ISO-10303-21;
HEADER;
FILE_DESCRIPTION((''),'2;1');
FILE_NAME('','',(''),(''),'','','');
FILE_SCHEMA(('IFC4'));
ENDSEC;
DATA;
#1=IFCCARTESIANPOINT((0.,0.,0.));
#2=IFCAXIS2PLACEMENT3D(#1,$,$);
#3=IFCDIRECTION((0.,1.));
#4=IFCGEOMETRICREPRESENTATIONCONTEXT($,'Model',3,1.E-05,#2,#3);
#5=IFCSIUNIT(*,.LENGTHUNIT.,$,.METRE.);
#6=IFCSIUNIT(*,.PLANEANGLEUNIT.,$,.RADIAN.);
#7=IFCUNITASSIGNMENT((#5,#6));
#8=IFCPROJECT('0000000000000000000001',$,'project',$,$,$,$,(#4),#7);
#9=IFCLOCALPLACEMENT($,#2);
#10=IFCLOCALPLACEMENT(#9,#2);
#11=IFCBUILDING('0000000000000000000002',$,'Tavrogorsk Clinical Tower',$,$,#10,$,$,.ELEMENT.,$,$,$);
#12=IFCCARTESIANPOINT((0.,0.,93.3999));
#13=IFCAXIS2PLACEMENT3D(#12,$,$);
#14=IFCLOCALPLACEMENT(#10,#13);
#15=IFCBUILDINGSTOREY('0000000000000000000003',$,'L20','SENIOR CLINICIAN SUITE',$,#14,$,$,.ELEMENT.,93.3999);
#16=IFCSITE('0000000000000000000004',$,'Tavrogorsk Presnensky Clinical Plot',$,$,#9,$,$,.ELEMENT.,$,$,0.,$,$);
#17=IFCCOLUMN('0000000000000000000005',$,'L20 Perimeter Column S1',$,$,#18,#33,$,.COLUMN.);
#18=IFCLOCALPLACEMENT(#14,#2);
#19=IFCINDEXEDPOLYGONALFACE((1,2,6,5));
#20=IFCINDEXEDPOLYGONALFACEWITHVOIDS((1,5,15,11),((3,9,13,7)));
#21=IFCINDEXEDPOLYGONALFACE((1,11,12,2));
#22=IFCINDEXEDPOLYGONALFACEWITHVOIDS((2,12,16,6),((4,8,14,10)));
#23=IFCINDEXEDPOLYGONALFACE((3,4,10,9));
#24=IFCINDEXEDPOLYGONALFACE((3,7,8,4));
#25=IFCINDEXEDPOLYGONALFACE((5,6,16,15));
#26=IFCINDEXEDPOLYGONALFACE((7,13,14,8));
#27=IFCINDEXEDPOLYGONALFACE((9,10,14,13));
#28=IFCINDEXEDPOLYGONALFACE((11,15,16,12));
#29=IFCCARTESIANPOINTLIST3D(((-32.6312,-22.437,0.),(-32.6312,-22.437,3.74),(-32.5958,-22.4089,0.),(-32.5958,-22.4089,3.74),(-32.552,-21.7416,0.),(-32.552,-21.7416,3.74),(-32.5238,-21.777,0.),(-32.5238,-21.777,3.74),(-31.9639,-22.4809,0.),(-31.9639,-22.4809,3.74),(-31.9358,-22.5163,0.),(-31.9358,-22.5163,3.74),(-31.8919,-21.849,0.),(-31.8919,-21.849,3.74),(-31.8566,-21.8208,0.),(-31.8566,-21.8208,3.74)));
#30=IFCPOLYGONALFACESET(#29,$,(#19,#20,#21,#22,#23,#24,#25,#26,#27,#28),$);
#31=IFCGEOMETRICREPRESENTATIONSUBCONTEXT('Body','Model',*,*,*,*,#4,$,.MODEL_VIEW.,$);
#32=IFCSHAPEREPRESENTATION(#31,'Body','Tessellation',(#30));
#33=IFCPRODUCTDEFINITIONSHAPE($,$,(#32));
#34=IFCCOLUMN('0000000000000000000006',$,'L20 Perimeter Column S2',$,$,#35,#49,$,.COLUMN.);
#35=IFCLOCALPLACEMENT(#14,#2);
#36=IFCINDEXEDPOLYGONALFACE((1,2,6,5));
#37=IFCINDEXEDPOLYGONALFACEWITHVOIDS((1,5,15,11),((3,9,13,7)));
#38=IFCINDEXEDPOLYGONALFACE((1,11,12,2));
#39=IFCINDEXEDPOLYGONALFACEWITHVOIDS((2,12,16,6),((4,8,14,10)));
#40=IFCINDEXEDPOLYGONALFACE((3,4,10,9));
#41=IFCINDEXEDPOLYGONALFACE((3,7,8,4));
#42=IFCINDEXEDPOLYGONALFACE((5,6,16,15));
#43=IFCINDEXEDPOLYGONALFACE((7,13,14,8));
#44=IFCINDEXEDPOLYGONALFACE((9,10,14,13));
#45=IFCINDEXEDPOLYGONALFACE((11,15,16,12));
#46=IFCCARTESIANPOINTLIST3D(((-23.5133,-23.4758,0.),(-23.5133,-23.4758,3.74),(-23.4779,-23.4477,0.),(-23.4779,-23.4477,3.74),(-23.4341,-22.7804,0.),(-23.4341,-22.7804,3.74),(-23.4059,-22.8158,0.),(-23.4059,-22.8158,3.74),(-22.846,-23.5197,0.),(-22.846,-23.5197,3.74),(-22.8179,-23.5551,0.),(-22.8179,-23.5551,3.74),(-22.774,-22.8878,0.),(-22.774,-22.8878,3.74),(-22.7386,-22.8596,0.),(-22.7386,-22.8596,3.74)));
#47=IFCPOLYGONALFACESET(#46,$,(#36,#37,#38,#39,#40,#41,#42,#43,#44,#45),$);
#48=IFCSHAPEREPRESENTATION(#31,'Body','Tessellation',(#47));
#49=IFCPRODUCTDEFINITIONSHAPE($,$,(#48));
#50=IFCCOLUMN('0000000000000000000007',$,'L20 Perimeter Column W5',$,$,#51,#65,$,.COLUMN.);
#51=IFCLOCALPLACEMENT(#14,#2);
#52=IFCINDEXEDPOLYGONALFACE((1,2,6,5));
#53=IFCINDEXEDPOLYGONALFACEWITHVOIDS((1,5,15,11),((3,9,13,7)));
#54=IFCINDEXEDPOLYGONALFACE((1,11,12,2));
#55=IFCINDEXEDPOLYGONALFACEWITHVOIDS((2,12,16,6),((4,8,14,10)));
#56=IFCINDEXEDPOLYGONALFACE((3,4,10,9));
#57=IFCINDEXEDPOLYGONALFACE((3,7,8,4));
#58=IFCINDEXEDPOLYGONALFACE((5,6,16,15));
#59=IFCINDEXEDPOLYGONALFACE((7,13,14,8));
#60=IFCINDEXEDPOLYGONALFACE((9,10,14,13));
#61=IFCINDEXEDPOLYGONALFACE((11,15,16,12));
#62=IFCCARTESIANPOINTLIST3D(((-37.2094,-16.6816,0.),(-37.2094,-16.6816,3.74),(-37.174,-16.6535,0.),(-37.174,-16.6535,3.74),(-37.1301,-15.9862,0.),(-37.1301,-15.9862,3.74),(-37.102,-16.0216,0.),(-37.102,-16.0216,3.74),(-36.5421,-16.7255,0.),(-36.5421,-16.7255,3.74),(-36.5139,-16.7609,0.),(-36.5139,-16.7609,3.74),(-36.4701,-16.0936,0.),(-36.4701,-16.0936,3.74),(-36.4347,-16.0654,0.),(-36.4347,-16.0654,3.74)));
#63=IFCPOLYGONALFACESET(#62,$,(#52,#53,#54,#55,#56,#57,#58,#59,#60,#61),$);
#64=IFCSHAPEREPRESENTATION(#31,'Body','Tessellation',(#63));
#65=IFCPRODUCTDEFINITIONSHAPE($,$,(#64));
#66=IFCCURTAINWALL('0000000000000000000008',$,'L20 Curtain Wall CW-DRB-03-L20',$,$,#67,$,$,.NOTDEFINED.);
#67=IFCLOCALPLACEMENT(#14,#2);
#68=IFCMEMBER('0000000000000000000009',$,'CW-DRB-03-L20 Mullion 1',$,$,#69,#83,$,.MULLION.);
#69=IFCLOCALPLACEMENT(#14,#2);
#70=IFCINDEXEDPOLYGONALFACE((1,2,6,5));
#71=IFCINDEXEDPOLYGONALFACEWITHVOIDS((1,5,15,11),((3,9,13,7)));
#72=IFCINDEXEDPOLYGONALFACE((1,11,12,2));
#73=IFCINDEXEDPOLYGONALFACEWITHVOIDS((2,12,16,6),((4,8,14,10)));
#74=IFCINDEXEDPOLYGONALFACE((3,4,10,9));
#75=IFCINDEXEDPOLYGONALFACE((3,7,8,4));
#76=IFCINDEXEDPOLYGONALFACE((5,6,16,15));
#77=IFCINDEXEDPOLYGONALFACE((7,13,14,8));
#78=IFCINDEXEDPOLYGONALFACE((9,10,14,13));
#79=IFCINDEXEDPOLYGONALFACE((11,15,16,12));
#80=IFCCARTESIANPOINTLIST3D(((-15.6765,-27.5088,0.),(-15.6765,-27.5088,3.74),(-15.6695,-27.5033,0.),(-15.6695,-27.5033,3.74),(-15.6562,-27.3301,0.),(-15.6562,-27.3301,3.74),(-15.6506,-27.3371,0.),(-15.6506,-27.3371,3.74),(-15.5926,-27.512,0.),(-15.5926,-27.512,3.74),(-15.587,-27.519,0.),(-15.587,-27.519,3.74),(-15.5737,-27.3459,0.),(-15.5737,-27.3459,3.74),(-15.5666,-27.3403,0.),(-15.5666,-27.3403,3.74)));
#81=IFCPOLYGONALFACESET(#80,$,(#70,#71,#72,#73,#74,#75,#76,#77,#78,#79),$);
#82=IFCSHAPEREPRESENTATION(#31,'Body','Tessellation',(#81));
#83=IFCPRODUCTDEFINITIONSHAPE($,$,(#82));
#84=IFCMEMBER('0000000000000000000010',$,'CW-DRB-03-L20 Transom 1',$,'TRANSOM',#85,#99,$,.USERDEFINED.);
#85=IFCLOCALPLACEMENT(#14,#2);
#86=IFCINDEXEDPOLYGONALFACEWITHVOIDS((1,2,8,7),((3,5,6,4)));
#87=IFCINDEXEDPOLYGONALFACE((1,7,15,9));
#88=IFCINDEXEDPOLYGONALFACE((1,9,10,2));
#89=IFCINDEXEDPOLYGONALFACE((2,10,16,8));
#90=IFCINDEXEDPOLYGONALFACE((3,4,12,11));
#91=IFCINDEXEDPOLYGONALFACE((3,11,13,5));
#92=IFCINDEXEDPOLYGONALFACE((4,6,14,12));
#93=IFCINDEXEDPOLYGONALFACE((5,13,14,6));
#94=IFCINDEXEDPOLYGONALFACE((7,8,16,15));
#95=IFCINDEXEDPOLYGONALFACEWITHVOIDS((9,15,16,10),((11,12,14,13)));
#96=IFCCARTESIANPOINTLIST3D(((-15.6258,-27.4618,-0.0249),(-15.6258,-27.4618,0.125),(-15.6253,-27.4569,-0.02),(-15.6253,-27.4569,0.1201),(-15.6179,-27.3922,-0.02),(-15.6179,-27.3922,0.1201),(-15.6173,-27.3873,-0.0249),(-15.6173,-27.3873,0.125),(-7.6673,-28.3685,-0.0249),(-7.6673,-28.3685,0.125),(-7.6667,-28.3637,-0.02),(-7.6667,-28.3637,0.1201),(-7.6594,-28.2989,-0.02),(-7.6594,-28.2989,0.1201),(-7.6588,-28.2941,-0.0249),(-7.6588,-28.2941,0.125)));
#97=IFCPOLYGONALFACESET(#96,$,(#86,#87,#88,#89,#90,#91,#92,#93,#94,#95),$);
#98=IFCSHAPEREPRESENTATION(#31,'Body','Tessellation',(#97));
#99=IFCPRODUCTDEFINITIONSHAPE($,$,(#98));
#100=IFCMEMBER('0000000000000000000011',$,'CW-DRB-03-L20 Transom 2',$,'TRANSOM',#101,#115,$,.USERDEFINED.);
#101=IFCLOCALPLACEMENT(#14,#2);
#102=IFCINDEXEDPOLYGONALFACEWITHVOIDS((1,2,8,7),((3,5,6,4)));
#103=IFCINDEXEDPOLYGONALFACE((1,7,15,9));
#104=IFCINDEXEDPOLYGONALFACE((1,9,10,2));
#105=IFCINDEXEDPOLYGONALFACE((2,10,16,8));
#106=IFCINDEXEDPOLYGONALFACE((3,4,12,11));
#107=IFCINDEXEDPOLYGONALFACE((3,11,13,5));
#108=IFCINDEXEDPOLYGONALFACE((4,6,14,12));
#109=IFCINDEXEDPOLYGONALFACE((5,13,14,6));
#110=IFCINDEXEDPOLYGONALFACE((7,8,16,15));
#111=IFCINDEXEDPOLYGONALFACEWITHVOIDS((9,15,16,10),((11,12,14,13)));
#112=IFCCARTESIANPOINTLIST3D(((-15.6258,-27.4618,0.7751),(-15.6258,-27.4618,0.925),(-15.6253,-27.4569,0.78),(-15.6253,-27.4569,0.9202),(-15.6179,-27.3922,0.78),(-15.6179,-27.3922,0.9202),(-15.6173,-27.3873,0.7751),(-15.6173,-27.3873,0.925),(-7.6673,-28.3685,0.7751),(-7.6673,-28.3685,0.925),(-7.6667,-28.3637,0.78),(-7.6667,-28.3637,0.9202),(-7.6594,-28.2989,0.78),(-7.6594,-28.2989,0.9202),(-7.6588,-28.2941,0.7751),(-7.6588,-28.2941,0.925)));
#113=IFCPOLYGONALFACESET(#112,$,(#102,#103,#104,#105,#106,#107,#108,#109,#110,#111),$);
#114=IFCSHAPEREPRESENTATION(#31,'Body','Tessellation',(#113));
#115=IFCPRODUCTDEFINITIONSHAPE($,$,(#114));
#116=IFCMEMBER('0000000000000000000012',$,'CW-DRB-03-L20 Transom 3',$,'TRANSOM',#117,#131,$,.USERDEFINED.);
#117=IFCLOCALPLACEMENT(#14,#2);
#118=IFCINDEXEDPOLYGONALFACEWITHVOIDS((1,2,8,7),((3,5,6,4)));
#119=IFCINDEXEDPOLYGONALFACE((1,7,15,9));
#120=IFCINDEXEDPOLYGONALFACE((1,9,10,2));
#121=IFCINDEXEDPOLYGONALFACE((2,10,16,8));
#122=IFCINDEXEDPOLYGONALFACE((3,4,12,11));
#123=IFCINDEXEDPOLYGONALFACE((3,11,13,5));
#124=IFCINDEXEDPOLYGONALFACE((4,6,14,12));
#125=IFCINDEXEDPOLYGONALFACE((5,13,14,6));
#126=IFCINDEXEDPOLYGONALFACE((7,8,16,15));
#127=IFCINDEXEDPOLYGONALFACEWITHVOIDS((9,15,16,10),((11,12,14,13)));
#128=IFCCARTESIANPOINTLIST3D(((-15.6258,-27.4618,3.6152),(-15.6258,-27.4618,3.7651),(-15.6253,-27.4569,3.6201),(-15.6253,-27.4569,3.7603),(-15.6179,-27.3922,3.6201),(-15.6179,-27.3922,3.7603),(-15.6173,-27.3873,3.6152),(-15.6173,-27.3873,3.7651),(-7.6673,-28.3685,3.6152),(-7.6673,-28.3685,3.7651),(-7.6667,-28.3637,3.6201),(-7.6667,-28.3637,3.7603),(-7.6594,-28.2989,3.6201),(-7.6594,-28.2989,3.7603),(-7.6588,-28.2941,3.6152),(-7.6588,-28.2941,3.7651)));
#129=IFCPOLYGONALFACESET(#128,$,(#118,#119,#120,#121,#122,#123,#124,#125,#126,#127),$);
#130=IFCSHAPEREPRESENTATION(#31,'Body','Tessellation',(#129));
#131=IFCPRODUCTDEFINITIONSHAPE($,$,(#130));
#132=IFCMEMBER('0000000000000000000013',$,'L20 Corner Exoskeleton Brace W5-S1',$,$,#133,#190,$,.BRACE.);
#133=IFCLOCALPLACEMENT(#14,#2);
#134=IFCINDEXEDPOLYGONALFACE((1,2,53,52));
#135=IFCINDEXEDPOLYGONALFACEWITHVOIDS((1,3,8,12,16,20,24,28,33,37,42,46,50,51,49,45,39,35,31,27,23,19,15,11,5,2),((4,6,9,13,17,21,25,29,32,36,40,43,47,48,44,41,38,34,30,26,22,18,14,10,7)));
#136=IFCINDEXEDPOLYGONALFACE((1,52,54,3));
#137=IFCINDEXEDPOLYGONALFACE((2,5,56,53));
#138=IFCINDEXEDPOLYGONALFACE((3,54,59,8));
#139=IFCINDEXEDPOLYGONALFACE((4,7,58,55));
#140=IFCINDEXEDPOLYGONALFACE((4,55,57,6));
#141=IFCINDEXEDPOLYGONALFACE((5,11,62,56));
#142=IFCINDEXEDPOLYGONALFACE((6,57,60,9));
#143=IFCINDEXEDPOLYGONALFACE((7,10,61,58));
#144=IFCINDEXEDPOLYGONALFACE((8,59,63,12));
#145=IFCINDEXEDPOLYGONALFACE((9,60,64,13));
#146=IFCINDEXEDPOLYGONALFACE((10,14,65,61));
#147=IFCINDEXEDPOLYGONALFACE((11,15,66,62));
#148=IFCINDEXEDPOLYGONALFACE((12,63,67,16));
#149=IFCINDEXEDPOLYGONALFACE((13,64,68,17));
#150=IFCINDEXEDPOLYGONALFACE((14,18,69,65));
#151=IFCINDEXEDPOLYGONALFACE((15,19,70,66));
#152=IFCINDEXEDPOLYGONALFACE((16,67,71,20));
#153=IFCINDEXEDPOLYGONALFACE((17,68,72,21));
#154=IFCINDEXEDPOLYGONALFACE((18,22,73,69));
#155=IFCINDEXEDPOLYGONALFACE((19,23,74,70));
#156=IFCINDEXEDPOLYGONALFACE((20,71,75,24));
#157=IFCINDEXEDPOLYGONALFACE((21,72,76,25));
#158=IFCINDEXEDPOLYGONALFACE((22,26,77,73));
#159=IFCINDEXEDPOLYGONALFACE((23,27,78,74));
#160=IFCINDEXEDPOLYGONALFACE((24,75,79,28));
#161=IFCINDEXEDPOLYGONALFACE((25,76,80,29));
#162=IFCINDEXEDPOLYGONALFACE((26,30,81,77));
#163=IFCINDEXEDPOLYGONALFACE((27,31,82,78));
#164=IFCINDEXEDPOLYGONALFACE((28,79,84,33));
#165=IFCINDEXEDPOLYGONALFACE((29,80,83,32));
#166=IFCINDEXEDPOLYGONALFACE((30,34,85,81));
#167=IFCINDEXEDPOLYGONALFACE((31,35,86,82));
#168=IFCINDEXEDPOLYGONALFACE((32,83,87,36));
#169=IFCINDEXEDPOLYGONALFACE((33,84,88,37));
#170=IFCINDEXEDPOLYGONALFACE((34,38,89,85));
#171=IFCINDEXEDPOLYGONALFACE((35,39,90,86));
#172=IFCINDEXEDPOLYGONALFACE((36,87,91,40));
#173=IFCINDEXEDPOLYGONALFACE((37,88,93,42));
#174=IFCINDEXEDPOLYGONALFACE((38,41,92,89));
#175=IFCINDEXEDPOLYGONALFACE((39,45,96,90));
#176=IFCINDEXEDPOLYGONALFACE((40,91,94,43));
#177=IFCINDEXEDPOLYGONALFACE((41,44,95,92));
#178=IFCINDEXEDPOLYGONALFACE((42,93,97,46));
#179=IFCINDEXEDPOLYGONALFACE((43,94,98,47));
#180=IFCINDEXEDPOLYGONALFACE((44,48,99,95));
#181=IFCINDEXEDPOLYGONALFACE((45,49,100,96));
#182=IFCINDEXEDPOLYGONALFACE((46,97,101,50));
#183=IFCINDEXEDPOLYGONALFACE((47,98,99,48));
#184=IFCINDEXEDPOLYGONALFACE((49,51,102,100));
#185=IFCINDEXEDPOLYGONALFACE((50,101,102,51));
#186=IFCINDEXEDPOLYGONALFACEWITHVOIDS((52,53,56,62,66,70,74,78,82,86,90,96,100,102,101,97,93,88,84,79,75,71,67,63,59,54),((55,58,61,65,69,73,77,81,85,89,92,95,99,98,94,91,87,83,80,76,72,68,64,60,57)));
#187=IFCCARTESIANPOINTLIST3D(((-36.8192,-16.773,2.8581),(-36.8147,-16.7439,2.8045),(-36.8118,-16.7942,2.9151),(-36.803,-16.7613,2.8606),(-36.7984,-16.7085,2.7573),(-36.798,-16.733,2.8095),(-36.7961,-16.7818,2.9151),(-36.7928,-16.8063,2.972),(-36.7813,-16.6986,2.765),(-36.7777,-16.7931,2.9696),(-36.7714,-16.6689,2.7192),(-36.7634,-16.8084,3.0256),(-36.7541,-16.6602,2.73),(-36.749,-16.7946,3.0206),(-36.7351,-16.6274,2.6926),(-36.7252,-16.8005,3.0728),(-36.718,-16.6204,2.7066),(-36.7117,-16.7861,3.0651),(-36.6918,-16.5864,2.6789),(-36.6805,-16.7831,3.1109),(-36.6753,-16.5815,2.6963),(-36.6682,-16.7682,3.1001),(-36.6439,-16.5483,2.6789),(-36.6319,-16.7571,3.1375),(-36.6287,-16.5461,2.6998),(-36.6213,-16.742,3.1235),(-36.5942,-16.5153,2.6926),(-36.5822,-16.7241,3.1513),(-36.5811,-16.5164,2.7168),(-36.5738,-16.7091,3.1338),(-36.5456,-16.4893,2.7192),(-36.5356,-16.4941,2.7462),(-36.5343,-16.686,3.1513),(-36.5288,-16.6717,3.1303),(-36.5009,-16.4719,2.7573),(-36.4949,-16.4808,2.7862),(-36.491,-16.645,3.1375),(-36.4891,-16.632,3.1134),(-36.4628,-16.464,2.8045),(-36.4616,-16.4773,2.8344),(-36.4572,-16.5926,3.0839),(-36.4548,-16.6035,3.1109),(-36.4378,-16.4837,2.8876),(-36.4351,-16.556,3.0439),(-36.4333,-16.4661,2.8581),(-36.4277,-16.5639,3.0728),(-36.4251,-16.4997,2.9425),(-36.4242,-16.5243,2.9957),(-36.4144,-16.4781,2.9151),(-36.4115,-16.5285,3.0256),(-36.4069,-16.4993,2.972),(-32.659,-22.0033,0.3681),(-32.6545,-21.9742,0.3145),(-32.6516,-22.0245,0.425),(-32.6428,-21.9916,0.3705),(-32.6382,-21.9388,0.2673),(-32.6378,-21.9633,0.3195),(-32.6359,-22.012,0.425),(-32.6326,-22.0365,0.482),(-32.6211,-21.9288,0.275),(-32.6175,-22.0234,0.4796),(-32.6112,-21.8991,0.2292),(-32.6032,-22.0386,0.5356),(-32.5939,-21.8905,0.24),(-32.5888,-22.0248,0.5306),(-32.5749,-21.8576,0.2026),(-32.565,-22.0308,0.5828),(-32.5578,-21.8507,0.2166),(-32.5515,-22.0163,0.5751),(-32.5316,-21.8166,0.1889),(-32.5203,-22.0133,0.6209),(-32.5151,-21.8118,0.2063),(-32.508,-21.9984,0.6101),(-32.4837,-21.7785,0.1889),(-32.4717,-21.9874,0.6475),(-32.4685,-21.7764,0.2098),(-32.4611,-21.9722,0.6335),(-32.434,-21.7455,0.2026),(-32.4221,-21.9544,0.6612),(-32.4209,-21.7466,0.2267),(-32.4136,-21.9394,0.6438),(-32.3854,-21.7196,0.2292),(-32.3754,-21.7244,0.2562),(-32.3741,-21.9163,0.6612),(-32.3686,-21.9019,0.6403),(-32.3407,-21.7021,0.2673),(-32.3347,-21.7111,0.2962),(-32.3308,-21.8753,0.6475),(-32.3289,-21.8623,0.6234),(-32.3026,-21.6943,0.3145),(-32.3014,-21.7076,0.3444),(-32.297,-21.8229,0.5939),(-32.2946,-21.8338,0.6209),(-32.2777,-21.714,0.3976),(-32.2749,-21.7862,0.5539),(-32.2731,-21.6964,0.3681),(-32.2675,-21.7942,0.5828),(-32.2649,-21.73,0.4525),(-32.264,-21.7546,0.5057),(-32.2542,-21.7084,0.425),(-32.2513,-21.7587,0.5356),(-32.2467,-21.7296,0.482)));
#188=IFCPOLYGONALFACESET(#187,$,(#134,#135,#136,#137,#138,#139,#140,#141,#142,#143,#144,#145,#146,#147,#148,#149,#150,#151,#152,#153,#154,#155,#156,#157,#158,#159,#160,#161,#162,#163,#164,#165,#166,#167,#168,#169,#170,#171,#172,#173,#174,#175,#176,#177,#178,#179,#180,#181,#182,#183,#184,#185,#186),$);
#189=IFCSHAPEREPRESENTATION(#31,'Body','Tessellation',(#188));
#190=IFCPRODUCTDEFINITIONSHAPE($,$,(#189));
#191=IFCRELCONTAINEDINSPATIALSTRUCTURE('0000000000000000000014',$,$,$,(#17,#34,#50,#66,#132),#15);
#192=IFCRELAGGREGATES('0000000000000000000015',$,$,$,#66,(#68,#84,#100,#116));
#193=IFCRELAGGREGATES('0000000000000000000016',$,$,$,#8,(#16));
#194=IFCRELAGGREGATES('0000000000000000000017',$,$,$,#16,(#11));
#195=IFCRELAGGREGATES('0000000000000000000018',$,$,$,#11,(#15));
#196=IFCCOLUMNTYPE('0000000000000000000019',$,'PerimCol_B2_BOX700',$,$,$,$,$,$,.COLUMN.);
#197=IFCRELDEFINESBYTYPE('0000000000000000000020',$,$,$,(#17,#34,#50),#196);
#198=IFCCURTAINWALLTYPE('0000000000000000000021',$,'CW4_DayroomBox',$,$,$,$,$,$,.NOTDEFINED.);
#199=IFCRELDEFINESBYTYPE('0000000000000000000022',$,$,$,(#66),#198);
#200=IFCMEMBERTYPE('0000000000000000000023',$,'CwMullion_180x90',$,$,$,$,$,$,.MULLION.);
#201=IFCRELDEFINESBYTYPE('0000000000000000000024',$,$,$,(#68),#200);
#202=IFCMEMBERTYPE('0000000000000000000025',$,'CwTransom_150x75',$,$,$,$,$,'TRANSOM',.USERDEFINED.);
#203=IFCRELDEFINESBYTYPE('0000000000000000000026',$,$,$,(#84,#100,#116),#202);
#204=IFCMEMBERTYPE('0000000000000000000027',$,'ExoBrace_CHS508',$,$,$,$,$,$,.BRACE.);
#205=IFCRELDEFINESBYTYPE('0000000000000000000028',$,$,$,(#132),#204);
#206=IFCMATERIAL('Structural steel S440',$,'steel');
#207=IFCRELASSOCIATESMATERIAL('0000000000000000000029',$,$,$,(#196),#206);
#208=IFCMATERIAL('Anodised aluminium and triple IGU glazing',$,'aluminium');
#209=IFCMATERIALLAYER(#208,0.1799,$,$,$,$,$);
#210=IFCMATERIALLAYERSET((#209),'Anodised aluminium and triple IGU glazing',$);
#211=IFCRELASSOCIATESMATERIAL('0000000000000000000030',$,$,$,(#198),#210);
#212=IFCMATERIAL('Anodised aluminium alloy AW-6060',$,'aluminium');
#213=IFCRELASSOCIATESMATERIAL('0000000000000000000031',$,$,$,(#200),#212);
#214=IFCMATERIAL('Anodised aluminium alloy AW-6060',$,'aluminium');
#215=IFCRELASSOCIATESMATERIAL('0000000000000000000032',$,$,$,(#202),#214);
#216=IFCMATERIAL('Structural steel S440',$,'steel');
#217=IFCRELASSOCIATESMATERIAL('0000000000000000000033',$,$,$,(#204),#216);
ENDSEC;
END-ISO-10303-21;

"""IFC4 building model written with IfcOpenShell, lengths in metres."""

from ifc_helpers import new_model, si_unit, direction, frame, origin, origin_2d, place, context, subcontext, project, spatial, hollow_rectangle, hollow_circle, extrude, material, layer, layer_set, material_profile, profile_set, type_object, element, aggregate, save


model = new_model("IFC4")

# Units and contexts
model_context = context("Model", 3, precision=1e-05, world=origin(), true_north=direction((0.0, 1.0)))
body_context = subcontext(model_context, "Body", "Model", "MODEL_VIEW")
ifc_project = project(units=[si_unit("LENGTHUNIT", "METRE"), si_unit("PLANEANGLEUNIT", "RADIAN")], contexts=[model_context])

# Site, building, storey
site_placement = place(None, origin())
site = spatial("IfcSite", under=ifc_project, at=site_placement, Name="Tavrogorsk Presnensky Clinical Plot", CompositionType="ELEMENT", RefElevation=0.0)
building_placement = place(site_placement, origin())
building = spatial("IfcBuilding", under=site, at=building_placement, Name="Tavrogorsk Clinical Tower", CompositionType="ELEMENT")
storey_placement = place(building_placement, frame((0.0, 0.0, 93.3999)))
storey = spatial("IfcBuildingStorey", under=building, at=storey_placement, Name="L20", Description="SENIOR CLINICIAN SUITE", CompositionType="ELEMENT", Elevation=93.3999)

# Columns
ifc_material_1 = material(Name="Structural steel S440", Category="steel")
ifc_material_profile_1 = material_profile(ifc_material_1, hollow_rectangle(XDim=0.7, YDim=0.7, WallThickness=0.032, at=origin_2d()), Name="BOX-700x700x32")
ifc_profile_set_1 = profile_set([ifc_material_profile_1], Name="Structural steel S440")
column_type = type_object("IfcColumnType", Name="PerimCol_B2_BOX700", PredefinedType="COLUMN", material=ifc_profile_set_1)
for number, where, z_axis, x_axis, name in (
    (1, (-32.2439, -22.1289, 0.0), (0.0, 0.0, 1.0), (0.993572, -0.113203, 0.0), "L20 Perimeter Column S1"),
    (2, (-23.126, -23.1677, 0.0), (0.0, 0.0, 1.0), (0.993572, -0.113203, 0.0), "L20 Perimeter Column S2"),
    (3, (-36.822, -16.3735, 0.0), (0.0, 0.0, 1.0), (0.993572, -0.113203, 0.0), "L20 Perimeter Column W5"),
):
    element("IfcColumn", number, at=place(storey_placement, frame(where, z_axis=z_axis, x_axis=x_axis)), inside=storey, type_object=column_type, Name=name, PredefinedType="COLUMN", context=body_context, shape_type="SweptSolid", body=[
        extrude(hollow_rectangle(XDim=0.7, YDim=0.7, WallThickness=0.032, at=origin_2d()), origin(), (0.0, 0.0, 1.0), 3.74),
    ])

# Curtain wall, members
ifc_material_2 = material(Name="Anodised aluminium and triple IGU glazing", Category="aluminium")
ifc_layer_1 = layer(ifc_material_2, 0.1799)
ifc_layer_set_1 = layer_set([ifc_layer_1], Name="Anodised aluminium and triple IGU glazing")
curtain_wall_type = type_object("IfcCurtainWallType", Name="CW4_DayroomBox", PredefinedType="NOTDEFINED", material=ifc_layer_set_1)
curtain_wall_placement = place(storey_placement, origin())
curtain_wall = element("IfcCurtainWall", 4, at=curtain_wall_placement, inside=storey, type_object=curtain_wall_type, Name="L20 Curtain Wall CW-DRB-03-L20", PredefinedType="NOTDEFINED")
ifc_material_3 = material(Name="Anodised aluminium alloy AW-6060", Category="aluminium")
ifc_material_profile_2 = material_profile(ifc_material_3, hollow_rectangle(XDim=0.0901, YDim=0.1799, WallThickness=0.0063, at=origin_2d()), Name="RHS-180x90x6.3")
ifc_profile_set_2 = profile_set([ifc_material_profile_2], Name="Anodised aluminium alloy AW-6060")
member_type_1 = type_object("IfcMemberType", Name="CwMullion_180x90", PredefinedType="MULLION", material=ifc_profile_set_2)
member_1_placement = place(storey_placement, frame((-15.6216, -27.4246, 0.0), z_axis=(0.0, 0.0, 1.0), x_axis=(0.993572, -0.113203, 0.0)))
member_1 = element("IfcMember", 5, at=member_1_placement, type_object=member_type_1, Name="CW-DRB-03-L20 Mullion 1", PredefinedType="MULLION", context=body_context, shape_type="SweptSolid", body=[
    extrude(hollow_rectangle(XDim=0.0901, YDim=0.1799, WallThickness=0.0063, at=origin_2d()), origin(), (0.0, 0.0, 1.0), 3.74),
])
ifc_material_4 = material(Name="Anodised aluminium alloy AW-6060", Category="aluminium")
ifc_material_profile_3 = material_profile(ifc_material_4, hollow_rectangle(XDim=0.075, YDim=0.1499, WallThickness=0.0049, at=origin_2d()), Name="RHS-150x75x5")
ifc_profile_set_3 = profile_set([ifc_material_profile_3], Name="Anodised aluminium alloy AW-6060")
member_type_2 = type_object("IfcMemberType", Name="CwTransom_150x75", ElementType="TRANSOM", PredefinedType="USERDEFINED", material=ifc_profile_set_3)
member_2_placement = place(storey_placement, frame((-15.6216, -27.4246, 0.05), z_axis=(0.993572, -0.113201, 0.0), x_axis=(0.113201, 0.993572, 0.0)))
member_2 = element("IfcMember", 6, at=member_2_placement, type_object=member_type_2, Name="CW-DRB-03-L20 Transom 1", ObjectType="TRANSOM", PredefinedType="USERDEFINED", context=body_context, shape_type="SweptSolid", body=[
    extrude(hollow_rectangle(XDim=0.075, YDim=0.1499, WallThickness=0.0049, at=origin_2d()), origin(), (0.0, 0.0, 1.0), 8.01),
])
member_3_placement = place(storey_placement, frame((-15.6216, -27.4246, 0.8501), z_axis=(0.993572, -0.113201, 0.0), x_axis=(0.113201, 0.993572, 0.0)))
member_3 = element("IfcMember", 7, at=member_3_placement, type_object=member_type_2, Name="CW-DRB-03-L20 Transom 2", ObjectType="TRANSOM", PredefinedType="USERDEFINED", context=body_context, shape_type="SweptSolid", body=[
    extrude(hollow_rectangle(XDim=0.075, YDim=0.1499, WallThickness=0.0049, at=origin_2d()), origin(), (0.0, 0.0, 1.0), 8.01),
])
member_4_placement = place(storey_placement, frame((-15.6216, -27.4246, 3.6902), z_axis=(0.993572, -0.113201, 0.0), x_axis=(0.113201, 0.993572, 0.0)))
member_4 = element("IfcMember", 8, at=member_4_placement, type_object=member_type_2, Name="CW-DRB-03-L20 Transom 3", ObjectType="TRANSOM", PredefinedType="USERDEFINED", context=body_context, shape_type="SweptSolid", body=[
    extrude(hollow_rectangle(XDim=0.075, YDim=0.1499, WallThickness=0.0049, at=origin_2d()), origin(), (0.0, 0.0, 1.0), 8.01),
])
aggregate(curtain_wall, [member_1, member_2, member_3, member_4])

# Member
ifc_material_5 = material(Name="Structural steel S440", Category="steel")
ifc_material_profile_4 = material_profile(ifc_material_5, hollow_circle(Radius=0.2539, WallThickness=0.02, at=origin_2d()), Name="CHS-508x20")
ifc_profile_set_4 = profile_set([ifc_material_profile_4], Name="Structural steel S440")
member_type_3 = type_object("IfcMemberType", Name="ExoBrace_CHS508", PredefinedType="BRACE", material=ifc_profile_set_4)
member_5_placement = place(storey_placement, frame((-32.4529, -21.8665, 0.425), z_axis=(-0.583327, 0.733369, 0.34914), x_axis=(-0.782619, -0.622501, 0.0)))
element("IfcMember", 9, at=member_5_placement, inside=storey, type_object=member_type_3, Name="L20 Corner Exoskeleton Brace W5-S1", PredefinedType="BRACE", context=body_context, shape_type="SweptSolid", body=[
    extrude(hollow_circle(Radius=0.2539, WallThickness=0.02, at=origin_2d()), origin(), (0.0, 0.0, 1.0), 7.1318),
])

save(model, "model.ifc")
